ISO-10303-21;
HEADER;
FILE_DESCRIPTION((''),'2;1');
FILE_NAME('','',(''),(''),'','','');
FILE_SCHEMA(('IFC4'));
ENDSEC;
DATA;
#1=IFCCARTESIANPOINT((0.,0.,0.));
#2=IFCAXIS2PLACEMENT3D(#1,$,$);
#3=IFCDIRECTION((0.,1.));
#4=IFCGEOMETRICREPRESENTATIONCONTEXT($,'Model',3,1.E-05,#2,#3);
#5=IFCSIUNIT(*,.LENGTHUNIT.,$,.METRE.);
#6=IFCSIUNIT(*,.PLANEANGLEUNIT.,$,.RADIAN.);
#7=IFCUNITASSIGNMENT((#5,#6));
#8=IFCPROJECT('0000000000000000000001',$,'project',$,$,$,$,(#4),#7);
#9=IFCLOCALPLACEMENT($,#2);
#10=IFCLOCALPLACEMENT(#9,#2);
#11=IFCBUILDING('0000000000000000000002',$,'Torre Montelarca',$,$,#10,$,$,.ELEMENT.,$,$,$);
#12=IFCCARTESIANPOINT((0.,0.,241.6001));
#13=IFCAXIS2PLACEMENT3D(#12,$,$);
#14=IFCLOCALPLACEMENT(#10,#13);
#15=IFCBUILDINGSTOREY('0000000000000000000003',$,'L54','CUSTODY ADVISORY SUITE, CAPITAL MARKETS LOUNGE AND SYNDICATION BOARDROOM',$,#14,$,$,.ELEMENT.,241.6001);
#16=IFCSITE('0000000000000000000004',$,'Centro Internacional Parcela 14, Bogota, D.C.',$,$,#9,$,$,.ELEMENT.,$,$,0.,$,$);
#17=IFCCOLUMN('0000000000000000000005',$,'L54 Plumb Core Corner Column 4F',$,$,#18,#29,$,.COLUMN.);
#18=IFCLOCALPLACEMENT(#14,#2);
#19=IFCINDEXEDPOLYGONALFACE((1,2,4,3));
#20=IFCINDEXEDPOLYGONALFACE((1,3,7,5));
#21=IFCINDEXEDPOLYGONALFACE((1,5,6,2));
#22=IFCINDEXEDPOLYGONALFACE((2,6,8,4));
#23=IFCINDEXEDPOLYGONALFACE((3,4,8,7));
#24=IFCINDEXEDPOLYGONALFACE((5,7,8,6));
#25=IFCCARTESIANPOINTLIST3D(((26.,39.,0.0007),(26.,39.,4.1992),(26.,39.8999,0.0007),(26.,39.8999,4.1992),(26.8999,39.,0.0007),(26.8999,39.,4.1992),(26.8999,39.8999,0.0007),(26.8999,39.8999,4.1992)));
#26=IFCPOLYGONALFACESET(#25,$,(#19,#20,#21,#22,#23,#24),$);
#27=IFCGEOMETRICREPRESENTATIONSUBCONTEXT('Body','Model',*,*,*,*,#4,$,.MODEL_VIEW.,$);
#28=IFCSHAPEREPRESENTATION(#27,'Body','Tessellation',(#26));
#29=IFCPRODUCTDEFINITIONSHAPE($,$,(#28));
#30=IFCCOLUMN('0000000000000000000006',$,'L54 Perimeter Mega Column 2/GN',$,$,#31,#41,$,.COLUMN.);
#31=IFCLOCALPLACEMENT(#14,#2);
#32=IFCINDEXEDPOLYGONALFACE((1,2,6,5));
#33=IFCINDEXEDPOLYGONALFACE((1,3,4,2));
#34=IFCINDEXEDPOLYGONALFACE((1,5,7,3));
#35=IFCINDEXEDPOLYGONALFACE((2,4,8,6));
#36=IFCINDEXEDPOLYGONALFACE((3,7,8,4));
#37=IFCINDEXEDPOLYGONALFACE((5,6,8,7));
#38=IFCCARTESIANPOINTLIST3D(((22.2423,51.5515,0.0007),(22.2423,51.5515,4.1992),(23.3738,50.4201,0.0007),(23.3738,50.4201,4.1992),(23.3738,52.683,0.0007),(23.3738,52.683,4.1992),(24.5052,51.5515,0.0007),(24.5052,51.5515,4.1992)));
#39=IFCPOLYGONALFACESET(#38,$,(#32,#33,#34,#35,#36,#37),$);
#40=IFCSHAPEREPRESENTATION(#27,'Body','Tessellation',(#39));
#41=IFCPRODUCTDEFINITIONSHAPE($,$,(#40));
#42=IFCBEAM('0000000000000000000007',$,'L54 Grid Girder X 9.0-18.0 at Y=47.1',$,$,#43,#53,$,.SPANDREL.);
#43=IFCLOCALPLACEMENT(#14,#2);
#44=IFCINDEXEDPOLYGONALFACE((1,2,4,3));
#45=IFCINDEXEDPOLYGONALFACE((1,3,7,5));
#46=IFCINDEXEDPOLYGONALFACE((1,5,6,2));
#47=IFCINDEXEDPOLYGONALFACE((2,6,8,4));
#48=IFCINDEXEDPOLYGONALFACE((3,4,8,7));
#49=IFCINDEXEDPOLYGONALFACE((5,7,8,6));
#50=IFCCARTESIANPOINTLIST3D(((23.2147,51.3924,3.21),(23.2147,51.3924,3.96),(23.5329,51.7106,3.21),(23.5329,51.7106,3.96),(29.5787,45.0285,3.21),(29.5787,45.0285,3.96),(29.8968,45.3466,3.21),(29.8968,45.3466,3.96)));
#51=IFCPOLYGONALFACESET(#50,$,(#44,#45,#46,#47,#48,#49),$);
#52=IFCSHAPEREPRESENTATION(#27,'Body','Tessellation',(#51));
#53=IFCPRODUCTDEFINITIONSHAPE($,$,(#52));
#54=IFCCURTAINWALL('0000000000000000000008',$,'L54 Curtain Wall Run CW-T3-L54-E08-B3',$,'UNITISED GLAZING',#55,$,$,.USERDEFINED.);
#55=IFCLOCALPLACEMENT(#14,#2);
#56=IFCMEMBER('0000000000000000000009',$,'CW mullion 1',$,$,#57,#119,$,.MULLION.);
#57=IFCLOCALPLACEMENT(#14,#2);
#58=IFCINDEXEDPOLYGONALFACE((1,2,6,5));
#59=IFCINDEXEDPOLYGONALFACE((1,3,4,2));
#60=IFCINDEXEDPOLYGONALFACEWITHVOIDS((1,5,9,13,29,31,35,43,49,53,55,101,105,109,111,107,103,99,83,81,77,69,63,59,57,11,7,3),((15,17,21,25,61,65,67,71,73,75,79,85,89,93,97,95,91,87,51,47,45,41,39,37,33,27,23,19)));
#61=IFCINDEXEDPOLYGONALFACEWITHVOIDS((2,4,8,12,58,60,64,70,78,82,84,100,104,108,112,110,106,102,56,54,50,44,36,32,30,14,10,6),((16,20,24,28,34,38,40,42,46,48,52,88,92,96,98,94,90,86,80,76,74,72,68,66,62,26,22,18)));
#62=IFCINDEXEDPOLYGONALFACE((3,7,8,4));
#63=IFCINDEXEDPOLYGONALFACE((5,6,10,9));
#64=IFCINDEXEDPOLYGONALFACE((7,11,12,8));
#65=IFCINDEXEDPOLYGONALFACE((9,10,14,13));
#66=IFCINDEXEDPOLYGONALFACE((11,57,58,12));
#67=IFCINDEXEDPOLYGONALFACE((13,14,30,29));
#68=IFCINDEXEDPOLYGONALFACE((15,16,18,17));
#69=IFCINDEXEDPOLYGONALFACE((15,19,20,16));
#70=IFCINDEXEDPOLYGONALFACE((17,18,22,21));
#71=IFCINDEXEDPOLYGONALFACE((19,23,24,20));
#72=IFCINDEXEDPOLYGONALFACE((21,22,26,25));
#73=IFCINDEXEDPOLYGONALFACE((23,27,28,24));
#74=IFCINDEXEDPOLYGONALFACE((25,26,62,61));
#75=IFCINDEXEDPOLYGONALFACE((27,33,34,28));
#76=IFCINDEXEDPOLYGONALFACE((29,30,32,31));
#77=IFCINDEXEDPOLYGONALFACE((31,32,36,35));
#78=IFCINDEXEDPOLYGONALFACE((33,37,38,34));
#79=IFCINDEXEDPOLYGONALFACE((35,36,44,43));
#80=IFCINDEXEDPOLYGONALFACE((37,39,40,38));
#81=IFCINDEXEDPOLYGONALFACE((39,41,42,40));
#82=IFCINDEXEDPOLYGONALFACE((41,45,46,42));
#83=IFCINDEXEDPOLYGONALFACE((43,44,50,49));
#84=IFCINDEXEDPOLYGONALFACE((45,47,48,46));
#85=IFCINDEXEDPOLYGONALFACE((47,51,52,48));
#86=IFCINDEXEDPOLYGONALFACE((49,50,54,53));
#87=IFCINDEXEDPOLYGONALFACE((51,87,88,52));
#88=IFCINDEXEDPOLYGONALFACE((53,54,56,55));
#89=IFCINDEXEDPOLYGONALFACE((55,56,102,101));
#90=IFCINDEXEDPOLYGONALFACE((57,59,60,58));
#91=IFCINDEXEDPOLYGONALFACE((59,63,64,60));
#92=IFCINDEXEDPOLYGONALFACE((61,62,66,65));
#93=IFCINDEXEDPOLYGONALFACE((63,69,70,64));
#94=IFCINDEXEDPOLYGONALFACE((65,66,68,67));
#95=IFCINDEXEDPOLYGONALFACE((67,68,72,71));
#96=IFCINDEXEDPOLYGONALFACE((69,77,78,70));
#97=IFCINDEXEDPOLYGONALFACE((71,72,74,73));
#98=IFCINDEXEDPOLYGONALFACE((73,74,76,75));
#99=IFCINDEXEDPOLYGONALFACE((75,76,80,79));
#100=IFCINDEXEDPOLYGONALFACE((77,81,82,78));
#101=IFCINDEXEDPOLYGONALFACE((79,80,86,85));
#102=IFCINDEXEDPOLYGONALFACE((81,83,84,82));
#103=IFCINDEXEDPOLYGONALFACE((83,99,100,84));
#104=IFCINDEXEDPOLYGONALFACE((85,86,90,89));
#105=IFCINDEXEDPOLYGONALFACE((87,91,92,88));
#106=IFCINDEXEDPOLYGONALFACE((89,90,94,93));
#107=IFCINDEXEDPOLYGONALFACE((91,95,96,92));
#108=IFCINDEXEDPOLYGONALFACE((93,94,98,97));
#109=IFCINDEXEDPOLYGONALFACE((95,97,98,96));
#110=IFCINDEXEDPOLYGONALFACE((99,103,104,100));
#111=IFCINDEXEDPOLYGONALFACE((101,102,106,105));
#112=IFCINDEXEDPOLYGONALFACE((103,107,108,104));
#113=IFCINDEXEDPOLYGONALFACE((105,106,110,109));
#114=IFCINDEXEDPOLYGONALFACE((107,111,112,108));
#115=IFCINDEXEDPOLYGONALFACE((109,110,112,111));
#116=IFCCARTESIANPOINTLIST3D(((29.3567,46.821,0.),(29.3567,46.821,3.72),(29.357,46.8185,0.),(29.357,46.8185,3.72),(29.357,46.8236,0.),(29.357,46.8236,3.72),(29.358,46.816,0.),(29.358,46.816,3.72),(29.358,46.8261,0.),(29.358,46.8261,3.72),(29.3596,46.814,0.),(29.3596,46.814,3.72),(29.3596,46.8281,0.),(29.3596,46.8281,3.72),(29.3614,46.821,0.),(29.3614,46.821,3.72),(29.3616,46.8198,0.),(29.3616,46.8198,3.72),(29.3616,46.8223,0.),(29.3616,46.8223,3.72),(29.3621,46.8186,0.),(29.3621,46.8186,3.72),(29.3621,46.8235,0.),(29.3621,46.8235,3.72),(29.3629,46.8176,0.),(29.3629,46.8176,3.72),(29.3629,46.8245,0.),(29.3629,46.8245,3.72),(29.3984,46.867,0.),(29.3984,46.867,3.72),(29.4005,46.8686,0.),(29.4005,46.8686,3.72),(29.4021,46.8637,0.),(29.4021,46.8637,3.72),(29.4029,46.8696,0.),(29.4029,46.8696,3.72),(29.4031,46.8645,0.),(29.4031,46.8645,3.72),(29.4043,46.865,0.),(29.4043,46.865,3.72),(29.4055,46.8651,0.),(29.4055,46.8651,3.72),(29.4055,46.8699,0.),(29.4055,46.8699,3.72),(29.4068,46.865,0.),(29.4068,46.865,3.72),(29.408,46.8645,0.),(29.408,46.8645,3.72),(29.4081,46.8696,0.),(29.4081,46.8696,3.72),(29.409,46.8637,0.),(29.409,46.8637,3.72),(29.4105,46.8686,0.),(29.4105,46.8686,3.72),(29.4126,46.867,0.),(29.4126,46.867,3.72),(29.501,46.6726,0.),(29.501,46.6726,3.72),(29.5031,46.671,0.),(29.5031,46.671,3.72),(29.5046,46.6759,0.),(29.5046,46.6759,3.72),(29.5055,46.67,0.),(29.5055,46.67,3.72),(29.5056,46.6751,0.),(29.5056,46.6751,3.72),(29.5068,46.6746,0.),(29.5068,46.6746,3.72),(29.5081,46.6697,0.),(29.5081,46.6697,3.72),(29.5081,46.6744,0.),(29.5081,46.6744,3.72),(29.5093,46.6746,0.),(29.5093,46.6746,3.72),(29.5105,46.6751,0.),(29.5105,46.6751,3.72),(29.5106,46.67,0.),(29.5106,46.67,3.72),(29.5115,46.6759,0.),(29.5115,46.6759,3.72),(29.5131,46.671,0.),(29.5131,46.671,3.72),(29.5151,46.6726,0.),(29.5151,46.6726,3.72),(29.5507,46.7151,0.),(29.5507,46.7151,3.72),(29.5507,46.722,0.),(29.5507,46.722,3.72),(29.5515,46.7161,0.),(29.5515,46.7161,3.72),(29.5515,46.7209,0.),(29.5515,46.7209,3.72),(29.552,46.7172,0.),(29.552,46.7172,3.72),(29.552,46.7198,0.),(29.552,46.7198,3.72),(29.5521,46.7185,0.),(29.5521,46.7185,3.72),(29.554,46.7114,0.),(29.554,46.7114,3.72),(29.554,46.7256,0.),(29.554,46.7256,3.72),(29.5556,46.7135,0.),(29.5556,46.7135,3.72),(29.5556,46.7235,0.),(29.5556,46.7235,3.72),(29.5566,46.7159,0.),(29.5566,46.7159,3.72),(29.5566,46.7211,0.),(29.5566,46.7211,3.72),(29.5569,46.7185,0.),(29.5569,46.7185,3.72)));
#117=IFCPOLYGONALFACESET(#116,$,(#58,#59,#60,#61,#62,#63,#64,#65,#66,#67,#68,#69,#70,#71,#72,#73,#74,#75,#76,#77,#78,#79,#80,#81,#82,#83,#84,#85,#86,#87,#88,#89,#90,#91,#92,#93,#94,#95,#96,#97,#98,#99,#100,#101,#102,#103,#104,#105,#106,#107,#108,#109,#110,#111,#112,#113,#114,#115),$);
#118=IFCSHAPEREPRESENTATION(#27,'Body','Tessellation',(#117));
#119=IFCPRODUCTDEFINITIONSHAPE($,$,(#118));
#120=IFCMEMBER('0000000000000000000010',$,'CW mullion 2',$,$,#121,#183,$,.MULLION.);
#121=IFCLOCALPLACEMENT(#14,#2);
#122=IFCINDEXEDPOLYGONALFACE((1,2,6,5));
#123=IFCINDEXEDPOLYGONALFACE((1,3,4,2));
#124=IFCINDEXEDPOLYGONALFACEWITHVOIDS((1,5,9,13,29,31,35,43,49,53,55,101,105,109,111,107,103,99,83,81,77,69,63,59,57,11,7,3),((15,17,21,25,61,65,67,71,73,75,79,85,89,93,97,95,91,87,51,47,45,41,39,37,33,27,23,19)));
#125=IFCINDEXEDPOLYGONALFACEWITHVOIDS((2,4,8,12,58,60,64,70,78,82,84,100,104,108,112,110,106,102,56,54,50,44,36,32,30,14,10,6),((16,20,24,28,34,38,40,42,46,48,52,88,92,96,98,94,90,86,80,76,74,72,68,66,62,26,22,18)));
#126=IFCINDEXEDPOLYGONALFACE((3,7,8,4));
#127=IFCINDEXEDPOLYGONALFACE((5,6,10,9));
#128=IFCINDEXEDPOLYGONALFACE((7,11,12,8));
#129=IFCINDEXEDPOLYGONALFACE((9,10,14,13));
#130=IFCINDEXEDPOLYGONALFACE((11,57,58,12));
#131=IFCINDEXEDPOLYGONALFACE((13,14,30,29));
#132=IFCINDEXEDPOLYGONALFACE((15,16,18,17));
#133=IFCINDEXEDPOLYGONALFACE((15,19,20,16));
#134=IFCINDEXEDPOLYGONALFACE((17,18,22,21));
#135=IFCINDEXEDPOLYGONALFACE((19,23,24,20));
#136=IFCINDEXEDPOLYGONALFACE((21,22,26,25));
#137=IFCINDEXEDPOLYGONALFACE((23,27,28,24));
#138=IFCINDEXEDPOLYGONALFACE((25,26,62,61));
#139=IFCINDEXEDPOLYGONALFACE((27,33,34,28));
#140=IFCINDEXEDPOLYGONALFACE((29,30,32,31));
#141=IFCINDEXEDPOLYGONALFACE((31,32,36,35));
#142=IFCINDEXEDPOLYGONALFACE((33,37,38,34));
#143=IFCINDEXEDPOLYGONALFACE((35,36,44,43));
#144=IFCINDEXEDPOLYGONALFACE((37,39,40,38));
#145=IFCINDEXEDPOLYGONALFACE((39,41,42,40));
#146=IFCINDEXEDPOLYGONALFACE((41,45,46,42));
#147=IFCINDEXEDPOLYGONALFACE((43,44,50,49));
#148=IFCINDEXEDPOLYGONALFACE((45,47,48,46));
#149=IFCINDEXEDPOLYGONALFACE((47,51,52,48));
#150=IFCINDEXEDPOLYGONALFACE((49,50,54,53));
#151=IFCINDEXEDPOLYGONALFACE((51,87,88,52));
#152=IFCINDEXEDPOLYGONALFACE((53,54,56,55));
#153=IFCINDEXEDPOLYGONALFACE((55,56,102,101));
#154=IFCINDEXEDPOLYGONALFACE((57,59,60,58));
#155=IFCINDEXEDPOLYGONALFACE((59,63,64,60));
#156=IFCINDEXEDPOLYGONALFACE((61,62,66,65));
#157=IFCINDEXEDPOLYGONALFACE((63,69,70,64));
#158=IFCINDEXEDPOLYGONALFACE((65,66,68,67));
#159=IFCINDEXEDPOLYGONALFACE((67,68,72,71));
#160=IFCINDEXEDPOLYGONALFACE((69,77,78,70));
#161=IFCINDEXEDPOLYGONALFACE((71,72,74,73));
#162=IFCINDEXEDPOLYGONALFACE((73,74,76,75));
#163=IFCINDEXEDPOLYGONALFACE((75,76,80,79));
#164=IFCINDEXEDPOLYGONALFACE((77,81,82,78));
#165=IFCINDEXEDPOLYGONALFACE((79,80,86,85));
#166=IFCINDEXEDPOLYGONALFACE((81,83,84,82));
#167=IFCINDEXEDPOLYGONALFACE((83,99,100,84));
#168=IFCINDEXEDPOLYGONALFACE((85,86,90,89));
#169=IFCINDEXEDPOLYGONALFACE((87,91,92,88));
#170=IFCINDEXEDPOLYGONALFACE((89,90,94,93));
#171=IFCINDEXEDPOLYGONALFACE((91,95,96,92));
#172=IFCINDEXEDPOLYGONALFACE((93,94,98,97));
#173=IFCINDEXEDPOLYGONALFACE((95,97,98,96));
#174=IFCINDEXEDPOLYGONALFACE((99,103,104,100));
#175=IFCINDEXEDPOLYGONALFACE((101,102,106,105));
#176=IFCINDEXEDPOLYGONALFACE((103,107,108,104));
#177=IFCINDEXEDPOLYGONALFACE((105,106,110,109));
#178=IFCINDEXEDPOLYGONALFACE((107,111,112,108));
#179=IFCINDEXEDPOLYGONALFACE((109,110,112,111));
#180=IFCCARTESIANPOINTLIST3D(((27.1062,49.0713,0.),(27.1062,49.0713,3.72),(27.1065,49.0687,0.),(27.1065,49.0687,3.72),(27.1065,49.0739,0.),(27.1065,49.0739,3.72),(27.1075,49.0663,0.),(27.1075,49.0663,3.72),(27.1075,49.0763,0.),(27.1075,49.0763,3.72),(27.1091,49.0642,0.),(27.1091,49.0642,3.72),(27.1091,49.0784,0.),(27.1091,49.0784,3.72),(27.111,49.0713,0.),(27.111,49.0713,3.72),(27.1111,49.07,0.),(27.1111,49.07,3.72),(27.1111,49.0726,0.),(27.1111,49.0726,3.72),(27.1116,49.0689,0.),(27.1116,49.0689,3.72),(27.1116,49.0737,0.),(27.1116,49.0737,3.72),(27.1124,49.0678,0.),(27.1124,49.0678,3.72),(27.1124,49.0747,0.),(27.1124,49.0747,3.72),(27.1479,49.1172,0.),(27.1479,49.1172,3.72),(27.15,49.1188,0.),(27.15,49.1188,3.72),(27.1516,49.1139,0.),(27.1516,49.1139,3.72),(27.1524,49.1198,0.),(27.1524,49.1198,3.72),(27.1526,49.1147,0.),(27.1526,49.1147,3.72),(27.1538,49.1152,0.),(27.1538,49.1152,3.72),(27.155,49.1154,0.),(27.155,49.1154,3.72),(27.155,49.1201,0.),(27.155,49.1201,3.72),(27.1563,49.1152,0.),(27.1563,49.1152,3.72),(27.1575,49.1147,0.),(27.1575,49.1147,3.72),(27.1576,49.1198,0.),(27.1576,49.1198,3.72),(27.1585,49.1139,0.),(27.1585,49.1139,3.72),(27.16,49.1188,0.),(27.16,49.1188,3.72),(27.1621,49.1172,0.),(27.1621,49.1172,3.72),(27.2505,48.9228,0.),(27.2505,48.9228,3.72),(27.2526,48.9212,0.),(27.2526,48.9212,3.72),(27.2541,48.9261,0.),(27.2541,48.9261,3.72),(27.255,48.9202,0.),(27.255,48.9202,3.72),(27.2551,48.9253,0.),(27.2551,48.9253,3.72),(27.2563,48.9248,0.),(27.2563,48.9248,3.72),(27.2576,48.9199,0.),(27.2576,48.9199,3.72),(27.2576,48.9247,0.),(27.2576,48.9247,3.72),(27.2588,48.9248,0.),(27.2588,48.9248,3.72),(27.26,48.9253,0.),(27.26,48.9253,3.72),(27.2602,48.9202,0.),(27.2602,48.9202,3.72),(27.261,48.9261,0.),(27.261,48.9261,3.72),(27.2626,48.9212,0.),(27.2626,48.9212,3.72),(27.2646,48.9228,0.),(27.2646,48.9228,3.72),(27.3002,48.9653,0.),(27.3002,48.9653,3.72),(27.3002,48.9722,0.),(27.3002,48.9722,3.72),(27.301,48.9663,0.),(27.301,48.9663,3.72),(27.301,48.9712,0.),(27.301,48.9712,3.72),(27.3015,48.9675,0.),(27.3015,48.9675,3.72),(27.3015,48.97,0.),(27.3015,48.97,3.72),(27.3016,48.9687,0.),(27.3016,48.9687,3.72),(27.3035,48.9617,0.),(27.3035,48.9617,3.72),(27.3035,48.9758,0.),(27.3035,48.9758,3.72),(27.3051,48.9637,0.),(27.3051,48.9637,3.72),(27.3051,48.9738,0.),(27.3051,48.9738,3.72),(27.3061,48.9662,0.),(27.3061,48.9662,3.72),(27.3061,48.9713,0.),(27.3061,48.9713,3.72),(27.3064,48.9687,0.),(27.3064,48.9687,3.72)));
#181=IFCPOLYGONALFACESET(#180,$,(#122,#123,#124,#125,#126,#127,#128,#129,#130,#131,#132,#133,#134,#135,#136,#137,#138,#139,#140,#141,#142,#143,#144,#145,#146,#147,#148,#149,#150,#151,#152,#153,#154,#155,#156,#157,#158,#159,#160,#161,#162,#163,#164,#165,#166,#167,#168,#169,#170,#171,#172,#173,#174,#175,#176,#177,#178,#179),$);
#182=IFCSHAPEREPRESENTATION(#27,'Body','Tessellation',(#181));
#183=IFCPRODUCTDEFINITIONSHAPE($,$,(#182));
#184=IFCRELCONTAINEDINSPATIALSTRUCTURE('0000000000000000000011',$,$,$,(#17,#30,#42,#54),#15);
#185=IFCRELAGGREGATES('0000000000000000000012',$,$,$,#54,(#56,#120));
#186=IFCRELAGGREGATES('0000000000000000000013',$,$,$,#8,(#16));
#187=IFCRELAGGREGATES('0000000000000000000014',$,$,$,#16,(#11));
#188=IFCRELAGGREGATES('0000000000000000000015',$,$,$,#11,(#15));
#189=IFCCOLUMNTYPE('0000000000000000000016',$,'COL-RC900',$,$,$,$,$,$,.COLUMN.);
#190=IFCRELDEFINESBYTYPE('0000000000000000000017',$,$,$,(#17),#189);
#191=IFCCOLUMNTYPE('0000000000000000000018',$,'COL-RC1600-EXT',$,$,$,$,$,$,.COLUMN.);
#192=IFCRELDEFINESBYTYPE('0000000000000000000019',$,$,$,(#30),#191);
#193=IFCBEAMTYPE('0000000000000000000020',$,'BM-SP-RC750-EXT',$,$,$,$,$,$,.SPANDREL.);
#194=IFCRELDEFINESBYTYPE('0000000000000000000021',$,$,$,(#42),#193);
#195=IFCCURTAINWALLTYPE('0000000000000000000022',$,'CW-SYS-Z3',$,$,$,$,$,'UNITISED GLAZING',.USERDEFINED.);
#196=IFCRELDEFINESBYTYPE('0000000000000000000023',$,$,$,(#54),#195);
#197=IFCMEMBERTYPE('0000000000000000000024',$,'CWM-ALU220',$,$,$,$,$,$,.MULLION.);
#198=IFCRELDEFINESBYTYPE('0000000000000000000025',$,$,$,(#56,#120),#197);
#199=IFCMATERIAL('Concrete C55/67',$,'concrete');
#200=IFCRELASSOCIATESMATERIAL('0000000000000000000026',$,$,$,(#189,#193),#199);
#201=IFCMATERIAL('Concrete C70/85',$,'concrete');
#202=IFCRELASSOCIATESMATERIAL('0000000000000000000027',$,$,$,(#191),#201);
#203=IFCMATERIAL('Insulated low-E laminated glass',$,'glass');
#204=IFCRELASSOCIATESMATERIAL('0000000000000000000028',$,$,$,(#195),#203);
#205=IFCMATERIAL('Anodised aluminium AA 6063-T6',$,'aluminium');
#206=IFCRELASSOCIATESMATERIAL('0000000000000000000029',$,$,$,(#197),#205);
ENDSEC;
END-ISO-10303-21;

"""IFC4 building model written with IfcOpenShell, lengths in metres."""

from ifc_helpers import new_model, si_unit, direction, frame, origin, origin_2d, place, context, subcontext, project, spatial, rectangle, hollow_rectangle, extrude, source, transform, mapped, material, material_profile, profile_set, type_object, element, aggregate, save


model = new_model("IFC4")

# Units and contexts
model_context = context("Model", 3, precision=1e-05, world=origin(), true_north=direction((0.0, 1.0)))
body_context = subcontext(model_context, "Body", "Model", "MODEL_VIEW")
ifc_project = project(units=[si_unit("LENGTHUNIT", "METRE"), si_unit("PLANEANGLEUNIT", "RADIAN")], contexts=[model_context])

# Site, building, storey
site_placement = place(None, origin())
site = spatial("IfcSite", under=ifc_project, at=site_placement, Name="Centro Internacional Parcela 14, Bogota, D.C.", CompositionType="ELEMENT", RefElevation=0.0)
building_placement = place(site_placement, origin())
building = spatial("IfcBuilding", under=site, at=building_placement, Name="Torre Montelarca", CompositionType="ELEMENT")
storey_placement = place(building_placement, frame((0.0, 0.0, 241.6001)))
storey = spatial("IfcBuildingStorey", under=building, at=storey_placement, Name="L54", Description="CUSTODY ADVISORY SUITE, CAPITAL MARKETS LOUNGE AND SYNDICATION BOARDROOM", CompositionType="ELEMENT", Elevation=241.6001)

# Columns
ifc_material_1 = material(Name="Concrete C55/67", Category="concrete")
ifc_material_profile_1 = material_profile(ifc_material_1, rectangle(XDim=0.8999, YDim=0.8999, at=origin_2d()), Name="RC900X900", Category="concrete")
ifc_profile_set_1 = profile_set([ifc_material_profile_1], Name="Concrete C55/67")
column_type_1 = type_object("IfcColumnType", Name="COL-RC900", PredefinedType="COLUMN", material=ifc_profile_set_1)
shared_shape_1 = source(origin(), body_context, "Body", "SweptSolid", [
    extrude(rectangle(XDim=0.8999, YDim=0.8999, at=origin_2d()), origin(), (0.0, 0.0, 1.0), 4.1985),
])
column_1_placement = place(storey_placement, frame((26.45, 39.45, 0.0007), z_axis=(0.0, 0.0, 1.0), x_axis=(1.0, 0.0, 0.0)))
element("IfcColumn", 1, at=column_1_placement, inside=storey, type_object=column_type_1, Name="L54 Plumb Core Corner Column 4F", PredefinedType="COLUMN", context=body_context, shape_type="MappedRepresentation", body=[
    mapped(shared_shape_1, transform((0.0, 0.0, 0.0), scale=1.0)),
])
ifc_material_2 = material(Name="Concrete C70/85", Category="concrete")
ifc_material_profile_2 = material_profile(ifc_material_2, rectangle(XDim=1.6001, YDim=1.6001, at=origin_2d()), Name="RC1600X1600", Category="concrete")
ifc_profile_set_2 = profile_set([ifc_material_profile_2], Name="Concrete C70/85")
column_type_2 = type_object("IfcColumnType", Name="COL-RC1600-EXT", PredefinedType="COLUMN", material=ifc_profile_set_2)
shared_shape_2 = source(origin(), body_context, "Body", "SweptSolid", [
    extrude(rectangle(XDim=1.6001, YDim=1.6001, at=origin_2d()), origin(), (0.0, 0.0, 1.0), 4.1985),
])
column_2_placement = place(storey_placement, frame((23.3738, 51.5515, 0.0007), z_axis=(0.0, 0.0, 1.0), x_axis=(-0.707107, 0.707107, 0.0)))
element("IfcColumn", 2, at=column_2_placement, inside=storey, type_object=column_type_2, Name="L54 Perimeter Mega Column 2/GN", PredefinedType="COLUMN", context=body_context, shape_type="MappedRepresentation", body=[
    mapped(shared_shape_2, transform((0.0, 0.0, 0.0), scale=1.0)),
])

# Beam
ifc_material_profile_3 = material_profile(ifc_material_1, rectangle(XDim=0.45, YDim=0.75, at=origin_2d()), Name="RCB450X750", Category="concrete")
ifc_profile_set_3 = profile_set([ifc_material_profile_3], Name="Concrete C55/67")
beam_type = type_object("IfcBeamType", Name="BM-SP-RC750-EXT", PredefinedType="SPANDREL", material=ifc_profile_set_3)
shared_shape_3 = source(origin(), body_context, "Body", "SweptSolid", [
    extrude(rectangle(XDim=0.45, YDim=0.75, at=origin_2d()), origin(), (0.0, 0.0, 1.0), 9.0),
])
beam_placement = place(storey_placement, frame((23.3738, 51.5515, 3.585), z_axis=(0.707107, -0.707107, 0.0), x_axis=(0.707107, 0.707107, 0.0)))
element("IfcBeam", 3, at=beam_placement, inside=storey, type_object=beam_type, Name="L54 Grid Girder X 9.0-18.0 at Y=47.1", PredefinedType="SPANDREL", context=body_context, shape_type="MappedRepresentation", body=[
    mapped(shared_shape_3, transform((0.0, 0.0, 0.0), scale=1.0)),
])

# Curtain wall, members
ifc_material_3 = material(Name="Insulated low-E laminated glass", Category="glass")
curtain_wall_type = type_object("IfcCurtainWallType", Name="CW-SYS-Z3", ElementType="UNITISED GLAZING", PredefinedType="USERDEFINED", material=ifc_material_3)
curtain_wall_1_placement = place(storey_placement, origin())
curtain_wall_1 = element("IfcCurtainWall", 4, at=curtain_wall_1_placement, inside=storey, type_object=curtain_wall_type, Name="L54 Curtain Wall Run CW-T3-L54-E08-B3", ObjectType="UNITISED GLAZING", PredefinedType="USERDEFINED")
ifc_material_4 = material(Name="Anodised aluminium AA 6063-T6", Category="aluminium")
ifc_material_profile_4 = material_profile(ifc_material_4, hollow_rectangle(XDim=0.075, YDim=0.22, WallThickness=0.0049, InnerFilletRadius=0.0049, OuterFilletRadius=0.01, at=origin_2d()), Name="ALU75X220X5", Category="aluminium")
ifc_profile_set_4 = profile_set([ifc_material_profile_4], Name="Anodised aluminium AA 6063-T6")
member_type_1 = type_object("IfcMemberType", Name="CWM-ALU220", PredefinedType="MULLION", material=ifc_profile_set_4)
shared_shape_4 = source(origin(), body_context, "Body", "SweptSolid", [
    extrude(hollow_rectangle(XDim=0.075, YDim=0.22, WallThickness=0.0049, InnerFilletRadius=0.0049, OuterFilletRadius=0.01, at=origin_2d()), origin(), (0.0, 0.0, 1.0), 3.72),
])
member_1_placement = place(storey_placement, frame((29.4568, 46.7698, 0.0), z_axis=(0.0, 0.0, 1.0), x_axis=(-0.707107, -0.707107, 0.0)))
member_1 = element("IfcMember", 5, at=member_1_placement, type_object=member_type_1, Name="CW mullion 1", PredefinedType="MULLION", context=body_context, shape_type="MappedRepresentation", body=[
    mapped(shared_shape_4, transform((0.0, 0.0, 0.0), scale=1.0)),
])
member_2_placement = place(storey_placement, frame((27.2063, 49.02, 0.0), z_axis=(0.0, 0.0, 1.0), x_axis=(-0.707107, -0.707107, 0.0)))
member_2 = element("IfcMember", 6, at=member_2_placement, type_object=member_type_1, Name="CW mullion 2", PredefinedType="MULLION", context=body_context, shape_type="MappedRepresentation", body=[
    mapped(shared_shape_4, transform((0.0, 0.0, 0.0), scale=1.0)),
])

aggregate(curtain_wall_1, [member_1, member_2])

save(model, "model.ifc")
